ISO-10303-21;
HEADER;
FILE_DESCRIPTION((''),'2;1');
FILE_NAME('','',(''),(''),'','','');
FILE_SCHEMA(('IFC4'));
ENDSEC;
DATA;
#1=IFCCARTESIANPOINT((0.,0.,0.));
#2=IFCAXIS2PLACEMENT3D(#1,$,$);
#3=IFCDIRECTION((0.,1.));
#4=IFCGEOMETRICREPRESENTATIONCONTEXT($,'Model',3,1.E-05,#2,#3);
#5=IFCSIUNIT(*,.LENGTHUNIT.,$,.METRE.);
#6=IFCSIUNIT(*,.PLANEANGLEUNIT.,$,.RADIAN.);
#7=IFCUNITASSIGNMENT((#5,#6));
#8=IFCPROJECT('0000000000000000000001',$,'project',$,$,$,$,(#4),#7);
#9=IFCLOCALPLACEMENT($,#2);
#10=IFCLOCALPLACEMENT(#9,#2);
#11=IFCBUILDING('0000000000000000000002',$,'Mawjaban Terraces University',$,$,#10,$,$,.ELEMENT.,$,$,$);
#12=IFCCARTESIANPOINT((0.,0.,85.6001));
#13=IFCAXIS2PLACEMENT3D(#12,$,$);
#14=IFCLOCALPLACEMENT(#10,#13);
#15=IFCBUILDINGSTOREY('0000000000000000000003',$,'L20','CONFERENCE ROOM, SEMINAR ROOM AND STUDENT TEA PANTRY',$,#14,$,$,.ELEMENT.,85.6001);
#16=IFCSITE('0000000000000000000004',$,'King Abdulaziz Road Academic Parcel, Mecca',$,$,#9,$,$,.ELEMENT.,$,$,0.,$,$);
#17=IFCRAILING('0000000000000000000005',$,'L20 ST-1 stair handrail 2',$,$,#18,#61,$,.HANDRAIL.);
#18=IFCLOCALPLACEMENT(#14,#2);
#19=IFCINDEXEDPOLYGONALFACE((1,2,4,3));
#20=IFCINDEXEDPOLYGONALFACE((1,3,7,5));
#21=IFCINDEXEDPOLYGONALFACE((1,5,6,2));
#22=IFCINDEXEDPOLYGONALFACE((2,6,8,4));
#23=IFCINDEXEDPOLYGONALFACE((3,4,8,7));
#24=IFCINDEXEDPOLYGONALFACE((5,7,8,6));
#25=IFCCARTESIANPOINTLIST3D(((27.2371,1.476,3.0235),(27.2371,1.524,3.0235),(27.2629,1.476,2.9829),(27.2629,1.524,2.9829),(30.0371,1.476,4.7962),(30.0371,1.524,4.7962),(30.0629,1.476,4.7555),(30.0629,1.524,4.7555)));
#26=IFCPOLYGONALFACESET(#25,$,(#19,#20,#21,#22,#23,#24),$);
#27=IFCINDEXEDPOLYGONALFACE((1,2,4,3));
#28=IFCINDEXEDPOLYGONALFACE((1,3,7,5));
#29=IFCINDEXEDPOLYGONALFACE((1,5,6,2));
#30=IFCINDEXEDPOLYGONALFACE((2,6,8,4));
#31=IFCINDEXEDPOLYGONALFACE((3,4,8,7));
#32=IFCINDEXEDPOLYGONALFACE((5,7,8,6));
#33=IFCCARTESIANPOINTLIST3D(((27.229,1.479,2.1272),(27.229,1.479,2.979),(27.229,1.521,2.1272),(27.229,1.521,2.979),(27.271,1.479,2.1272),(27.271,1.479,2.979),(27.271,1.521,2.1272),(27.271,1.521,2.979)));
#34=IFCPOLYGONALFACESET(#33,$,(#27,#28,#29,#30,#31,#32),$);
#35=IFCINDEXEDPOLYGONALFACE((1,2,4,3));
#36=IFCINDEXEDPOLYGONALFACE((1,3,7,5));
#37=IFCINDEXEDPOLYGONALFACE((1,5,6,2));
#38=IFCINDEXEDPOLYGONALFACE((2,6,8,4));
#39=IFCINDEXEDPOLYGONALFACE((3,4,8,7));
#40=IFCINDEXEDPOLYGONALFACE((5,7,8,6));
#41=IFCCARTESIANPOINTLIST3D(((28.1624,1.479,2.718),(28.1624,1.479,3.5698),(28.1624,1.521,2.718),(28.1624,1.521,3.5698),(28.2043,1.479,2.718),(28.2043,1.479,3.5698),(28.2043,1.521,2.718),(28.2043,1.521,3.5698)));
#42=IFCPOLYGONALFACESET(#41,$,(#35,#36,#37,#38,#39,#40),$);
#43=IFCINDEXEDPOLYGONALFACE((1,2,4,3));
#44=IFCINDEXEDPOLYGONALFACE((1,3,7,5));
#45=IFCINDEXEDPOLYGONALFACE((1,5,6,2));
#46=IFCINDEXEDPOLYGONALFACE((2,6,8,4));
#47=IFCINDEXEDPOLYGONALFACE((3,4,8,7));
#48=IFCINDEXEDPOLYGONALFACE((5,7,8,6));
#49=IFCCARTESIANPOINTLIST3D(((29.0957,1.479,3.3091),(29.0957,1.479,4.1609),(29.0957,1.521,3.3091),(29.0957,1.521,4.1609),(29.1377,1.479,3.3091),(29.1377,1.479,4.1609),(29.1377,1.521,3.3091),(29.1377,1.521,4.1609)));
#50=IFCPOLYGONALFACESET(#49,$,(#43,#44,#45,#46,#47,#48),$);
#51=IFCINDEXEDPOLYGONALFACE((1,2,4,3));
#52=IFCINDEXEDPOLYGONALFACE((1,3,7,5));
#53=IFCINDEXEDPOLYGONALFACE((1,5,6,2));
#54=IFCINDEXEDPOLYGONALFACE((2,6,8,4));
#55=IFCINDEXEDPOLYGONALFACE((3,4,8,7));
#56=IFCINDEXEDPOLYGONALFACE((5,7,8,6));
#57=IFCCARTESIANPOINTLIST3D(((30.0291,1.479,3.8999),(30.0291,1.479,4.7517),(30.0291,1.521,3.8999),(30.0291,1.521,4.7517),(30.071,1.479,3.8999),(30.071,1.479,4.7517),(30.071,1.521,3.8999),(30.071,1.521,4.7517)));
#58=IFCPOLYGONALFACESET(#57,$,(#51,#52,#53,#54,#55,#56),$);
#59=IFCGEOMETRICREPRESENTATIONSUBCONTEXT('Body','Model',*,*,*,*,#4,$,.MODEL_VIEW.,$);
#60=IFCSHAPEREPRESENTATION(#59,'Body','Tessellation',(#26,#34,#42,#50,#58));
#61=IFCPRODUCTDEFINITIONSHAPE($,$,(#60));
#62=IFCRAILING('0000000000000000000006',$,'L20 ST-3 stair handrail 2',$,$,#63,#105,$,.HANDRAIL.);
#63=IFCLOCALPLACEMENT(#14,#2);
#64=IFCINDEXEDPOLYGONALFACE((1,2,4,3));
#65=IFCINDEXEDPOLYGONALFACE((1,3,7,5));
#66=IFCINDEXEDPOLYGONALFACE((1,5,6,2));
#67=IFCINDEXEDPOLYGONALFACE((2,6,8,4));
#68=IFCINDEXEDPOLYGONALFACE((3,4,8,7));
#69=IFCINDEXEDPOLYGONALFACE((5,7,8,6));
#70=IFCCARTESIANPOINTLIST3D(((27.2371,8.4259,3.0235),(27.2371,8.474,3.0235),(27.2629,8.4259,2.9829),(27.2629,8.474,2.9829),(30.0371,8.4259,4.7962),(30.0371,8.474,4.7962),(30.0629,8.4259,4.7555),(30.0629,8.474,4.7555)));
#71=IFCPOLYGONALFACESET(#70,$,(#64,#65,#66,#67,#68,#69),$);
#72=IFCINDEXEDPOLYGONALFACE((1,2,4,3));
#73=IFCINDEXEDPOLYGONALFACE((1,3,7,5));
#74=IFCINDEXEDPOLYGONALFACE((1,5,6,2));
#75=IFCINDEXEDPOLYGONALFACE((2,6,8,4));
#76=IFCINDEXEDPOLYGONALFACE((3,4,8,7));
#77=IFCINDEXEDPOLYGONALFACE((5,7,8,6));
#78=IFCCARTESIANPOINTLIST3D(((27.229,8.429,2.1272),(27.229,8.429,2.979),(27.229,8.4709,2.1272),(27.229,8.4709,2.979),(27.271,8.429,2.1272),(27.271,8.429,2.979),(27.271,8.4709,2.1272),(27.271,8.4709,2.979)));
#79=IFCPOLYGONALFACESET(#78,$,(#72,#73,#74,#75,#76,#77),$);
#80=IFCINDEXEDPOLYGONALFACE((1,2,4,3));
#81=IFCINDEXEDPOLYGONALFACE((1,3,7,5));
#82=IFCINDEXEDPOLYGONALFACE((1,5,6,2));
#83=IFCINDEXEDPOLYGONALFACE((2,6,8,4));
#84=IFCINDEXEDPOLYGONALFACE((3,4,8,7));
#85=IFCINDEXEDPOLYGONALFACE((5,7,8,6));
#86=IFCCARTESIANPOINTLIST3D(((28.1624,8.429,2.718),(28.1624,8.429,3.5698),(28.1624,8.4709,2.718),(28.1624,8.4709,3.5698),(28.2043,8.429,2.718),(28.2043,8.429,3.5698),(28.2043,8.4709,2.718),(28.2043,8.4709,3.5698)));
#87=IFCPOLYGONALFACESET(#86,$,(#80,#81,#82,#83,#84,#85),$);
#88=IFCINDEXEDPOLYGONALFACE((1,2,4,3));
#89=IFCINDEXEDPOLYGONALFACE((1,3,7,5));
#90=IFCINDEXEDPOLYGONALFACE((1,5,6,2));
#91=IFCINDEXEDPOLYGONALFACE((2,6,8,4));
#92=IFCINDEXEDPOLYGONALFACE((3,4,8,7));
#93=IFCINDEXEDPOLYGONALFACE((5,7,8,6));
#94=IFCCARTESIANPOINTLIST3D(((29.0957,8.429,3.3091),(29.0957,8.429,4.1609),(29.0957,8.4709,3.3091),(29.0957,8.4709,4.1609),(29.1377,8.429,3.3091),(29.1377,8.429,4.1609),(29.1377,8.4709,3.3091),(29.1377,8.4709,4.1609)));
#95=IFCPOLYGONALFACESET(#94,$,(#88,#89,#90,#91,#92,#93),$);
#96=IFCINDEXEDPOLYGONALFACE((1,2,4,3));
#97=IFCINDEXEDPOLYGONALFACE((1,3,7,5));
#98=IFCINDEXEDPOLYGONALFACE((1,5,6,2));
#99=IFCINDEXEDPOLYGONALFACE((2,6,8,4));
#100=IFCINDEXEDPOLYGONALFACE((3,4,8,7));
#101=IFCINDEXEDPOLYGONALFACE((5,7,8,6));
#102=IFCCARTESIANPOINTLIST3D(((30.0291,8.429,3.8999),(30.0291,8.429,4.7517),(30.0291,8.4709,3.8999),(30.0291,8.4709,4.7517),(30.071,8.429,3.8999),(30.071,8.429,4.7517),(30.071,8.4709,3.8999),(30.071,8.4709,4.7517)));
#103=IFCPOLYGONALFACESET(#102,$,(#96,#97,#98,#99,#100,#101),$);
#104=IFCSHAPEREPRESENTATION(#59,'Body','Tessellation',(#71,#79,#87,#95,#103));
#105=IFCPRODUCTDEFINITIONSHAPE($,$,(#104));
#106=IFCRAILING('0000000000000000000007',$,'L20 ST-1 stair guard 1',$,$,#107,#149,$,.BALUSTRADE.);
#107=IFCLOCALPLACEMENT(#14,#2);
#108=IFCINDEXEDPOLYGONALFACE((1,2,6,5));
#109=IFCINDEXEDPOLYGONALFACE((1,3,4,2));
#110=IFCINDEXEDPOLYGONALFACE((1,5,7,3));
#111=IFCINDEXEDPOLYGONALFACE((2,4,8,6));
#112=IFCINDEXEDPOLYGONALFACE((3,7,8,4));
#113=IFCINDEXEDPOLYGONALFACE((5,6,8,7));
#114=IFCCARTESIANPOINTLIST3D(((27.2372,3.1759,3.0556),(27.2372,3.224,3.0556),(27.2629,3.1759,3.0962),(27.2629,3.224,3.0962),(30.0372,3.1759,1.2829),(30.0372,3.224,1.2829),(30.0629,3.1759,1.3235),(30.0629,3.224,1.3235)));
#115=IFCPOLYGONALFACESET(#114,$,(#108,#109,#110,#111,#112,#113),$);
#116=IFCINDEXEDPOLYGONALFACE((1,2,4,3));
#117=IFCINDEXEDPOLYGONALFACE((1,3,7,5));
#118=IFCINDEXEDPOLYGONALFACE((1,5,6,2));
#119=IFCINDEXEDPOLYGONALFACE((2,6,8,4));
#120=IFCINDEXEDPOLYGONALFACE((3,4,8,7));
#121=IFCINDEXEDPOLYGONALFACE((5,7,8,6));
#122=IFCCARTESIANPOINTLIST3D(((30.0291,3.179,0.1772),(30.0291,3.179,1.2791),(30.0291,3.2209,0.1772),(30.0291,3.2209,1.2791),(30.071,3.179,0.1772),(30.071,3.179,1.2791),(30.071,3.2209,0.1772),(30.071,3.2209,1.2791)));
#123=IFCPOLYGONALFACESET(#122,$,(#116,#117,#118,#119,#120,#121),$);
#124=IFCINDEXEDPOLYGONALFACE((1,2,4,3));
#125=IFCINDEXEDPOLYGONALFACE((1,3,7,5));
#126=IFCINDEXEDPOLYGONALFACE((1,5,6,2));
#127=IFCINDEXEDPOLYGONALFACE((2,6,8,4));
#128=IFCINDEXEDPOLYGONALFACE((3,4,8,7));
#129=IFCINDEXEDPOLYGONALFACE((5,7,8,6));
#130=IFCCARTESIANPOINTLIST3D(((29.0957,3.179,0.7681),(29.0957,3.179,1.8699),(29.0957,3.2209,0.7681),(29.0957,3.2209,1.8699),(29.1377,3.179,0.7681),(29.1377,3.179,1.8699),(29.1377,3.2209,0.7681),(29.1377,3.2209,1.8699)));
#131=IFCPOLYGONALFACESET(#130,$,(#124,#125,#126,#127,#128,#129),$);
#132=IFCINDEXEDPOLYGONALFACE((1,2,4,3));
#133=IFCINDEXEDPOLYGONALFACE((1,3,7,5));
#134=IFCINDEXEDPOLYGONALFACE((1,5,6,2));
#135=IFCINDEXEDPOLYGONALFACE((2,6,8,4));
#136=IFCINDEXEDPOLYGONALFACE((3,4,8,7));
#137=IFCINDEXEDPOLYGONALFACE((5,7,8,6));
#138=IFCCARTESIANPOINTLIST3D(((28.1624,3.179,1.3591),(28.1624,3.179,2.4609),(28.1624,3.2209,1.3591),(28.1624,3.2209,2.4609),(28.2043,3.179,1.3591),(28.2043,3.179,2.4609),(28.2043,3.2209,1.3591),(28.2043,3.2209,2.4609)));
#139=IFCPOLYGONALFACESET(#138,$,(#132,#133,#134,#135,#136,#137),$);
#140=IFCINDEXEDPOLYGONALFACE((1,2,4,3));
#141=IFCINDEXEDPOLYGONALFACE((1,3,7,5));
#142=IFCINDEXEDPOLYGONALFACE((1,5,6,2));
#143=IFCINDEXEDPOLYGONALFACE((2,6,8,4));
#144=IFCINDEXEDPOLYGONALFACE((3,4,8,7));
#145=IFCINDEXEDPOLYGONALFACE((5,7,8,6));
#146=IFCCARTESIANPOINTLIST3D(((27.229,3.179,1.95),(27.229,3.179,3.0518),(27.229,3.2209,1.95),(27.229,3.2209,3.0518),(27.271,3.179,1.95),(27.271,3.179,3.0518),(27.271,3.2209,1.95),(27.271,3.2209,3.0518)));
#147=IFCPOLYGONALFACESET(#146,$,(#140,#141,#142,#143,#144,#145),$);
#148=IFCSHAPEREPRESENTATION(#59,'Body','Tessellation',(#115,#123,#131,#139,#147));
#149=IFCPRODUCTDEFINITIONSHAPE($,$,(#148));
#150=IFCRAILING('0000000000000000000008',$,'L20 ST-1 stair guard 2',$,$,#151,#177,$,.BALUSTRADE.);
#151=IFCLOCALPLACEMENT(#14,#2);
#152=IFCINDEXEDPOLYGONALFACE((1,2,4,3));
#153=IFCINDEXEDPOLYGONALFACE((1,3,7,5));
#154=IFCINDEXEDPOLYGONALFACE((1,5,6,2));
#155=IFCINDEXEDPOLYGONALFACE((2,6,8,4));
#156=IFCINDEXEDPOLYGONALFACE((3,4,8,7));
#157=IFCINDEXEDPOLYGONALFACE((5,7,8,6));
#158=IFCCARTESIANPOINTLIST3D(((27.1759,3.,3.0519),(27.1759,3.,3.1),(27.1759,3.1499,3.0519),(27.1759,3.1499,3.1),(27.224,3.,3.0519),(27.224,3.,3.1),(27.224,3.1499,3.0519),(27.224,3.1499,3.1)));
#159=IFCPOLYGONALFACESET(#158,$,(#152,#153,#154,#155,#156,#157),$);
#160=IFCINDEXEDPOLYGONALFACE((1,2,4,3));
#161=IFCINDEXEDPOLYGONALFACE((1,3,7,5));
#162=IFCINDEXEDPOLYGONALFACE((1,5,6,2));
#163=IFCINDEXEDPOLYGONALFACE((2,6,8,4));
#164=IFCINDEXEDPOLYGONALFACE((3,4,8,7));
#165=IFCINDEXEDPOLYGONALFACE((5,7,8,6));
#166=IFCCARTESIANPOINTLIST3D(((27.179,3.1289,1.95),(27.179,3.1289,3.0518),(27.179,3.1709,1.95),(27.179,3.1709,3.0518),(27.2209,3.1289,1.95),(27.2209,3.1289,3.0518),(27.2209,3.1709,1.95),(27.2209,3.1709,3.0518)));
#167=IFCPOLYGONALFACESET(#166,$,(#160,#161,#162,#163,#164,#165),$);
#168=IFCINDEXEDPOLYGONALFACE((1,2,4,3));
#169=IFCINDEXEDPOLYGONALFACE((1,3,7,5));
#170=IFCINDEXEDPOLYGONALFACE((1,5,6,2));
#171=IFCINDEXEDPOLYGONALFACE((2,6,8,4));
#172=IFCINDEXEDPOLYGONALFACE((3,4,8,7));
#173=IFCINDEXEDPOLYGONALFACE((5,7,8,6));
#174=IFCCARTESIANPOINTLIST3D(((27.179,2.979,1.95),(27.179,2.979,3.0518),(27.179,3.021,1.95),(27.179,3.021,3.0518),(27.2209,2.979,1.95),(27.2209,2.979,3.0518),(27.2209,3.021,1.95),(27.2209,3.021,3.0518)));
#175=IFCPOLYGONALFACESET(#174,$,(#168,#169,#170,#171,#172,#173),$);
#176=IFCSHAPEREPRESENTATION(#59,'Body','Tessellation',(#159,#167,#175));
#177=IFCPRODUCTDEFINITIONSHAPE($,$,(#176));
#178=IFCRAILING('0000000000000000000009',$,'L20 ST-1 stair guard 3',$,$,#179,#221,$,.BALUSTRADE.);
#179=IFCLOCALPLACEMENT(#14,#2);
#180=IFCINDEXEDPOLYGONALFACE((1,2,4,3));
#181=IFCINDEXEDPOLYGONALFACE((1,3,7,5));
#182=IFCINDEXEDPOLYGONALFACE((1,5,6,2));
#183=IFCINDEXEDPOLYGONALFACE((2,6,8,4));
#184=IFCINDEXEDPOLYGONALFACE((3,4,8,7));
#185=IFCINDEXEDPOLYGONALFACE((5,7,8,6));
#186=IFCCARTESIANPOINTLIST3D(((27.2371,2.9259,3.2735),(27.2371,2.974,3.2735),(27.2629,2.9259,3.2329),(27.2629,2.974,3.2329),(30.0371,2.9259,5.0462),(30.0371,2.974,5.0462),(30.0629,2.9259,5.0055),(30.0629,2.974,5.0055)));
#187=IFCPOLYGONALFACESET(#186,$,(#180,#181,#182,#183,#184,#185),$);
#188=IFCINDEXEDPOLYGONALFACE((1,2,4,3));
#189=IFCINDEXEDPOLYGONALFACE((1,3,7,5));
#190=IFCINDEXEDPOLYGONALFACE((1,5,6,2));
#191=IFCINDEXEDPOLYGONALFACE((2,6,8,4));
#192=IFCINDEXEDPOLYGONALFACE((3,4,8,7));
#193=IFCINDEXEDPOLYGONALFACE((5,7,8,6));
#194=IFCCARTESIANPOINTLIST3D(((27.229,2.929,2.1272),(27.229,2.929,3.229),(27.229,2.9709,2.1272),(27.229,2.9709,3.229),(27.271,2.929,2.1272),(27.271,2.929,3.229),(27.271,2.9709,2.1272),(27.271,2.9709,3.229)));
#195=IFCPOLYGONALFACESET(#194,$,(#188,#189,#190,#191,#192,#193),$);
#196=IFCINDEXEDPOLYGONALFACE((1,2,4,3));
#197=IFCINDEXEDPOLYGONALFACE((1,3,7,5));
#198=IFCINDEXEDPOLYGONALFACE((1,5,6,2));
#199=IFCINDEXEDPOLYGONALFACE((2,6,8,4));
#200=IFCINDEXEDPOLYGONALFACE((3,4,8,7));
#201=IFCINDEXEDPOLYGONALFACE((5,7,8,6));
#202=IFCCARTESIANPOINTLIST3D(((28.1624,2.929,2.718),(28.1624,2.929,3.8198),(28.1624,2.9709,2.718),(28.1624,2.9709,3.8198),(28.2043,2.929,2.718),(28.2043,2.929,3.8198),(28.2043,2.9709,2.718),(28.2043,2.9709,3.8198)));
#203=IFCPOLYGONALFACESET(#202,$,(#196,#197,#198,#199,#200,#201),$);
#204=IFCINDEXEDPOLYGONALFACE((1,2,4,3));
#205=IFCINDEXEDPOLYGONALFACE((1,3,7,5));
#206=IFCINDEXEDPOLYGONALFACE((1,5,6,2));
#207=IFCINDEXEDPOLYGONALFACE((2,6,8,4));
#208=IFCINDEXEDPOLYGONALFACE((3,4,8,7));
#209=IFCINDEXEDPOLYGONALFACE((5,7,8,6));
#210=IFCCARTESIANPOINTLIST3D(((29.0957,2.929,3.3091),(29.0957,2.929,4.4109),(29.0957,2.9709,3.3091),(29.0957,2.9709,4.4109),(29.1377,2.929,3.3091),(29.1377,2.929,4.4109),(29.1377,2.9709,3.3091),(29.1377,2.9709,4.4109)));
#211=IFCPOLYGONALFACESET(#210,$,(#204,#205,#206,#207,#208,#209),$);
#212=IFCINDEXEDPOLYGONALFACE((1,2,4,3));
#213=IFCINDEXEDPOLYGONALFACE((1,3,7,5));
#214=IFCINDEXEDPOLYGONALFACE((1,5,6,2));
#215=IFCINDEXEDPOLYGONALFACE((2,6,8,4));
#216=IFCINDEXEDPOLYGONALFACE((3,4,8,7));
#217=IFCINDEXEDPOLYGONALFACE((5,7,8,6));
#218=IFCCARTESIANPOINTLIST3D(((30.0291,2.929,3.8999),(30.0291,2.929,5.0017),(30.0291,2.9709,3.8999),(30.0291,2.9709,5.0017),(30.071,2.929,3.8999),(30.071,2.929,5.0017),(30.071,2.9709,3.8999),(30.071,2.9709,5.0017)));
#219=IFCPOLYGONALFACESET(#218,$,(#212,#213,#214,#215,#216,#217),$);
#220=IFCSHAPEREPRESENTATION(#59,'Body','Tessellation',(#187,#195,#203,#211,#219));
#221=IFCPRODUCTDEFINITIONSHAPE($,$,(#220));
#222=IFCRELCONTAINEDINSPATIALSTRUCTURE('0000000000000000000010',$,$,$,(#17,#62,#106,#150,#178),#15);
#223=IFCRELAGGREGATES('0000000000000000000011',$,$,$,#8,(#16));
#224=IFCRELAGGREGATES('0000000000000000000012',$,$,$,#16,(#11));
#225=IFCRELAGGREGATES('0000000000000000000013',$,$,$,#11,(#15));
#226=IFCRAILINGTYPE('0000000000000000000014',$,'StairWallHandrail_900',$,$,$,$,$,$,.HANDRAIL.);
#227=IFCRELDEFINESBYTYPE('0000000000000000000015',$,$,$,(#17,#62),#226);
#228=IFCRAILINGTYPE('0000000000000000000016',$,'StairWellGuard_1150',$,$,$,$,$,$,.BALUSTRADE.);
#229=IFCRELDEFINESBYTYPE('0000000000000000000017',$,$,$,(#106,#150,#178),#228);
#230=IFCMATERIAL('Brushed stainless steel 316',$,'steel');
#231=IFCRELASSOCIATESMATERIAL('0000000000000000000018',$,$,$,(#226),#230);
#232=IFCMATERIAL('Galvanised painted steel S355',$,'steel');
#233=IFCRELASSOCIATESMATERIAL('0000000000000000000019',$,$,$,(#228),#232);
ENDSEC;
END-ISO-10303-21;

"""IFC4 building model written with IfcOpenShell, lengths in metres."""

from ifc_helpers import new_model, si_unit, direction, frame, origin, origin_2d, place, context, subcontext, project, spatial, rectangle, extrude, material, type_object, element, save


model = new_model("IFC4")

# Units and contexts
model_context = context("Model", 3, precision=1e-05, world=origin(), true_north=direction((0.0, 1.0)))
body_context = subcontext(model_context, "Body", "Model", "MODEL_VIEW")
ifc_project = project(units=[si_unit("LENGTHUNIT", "METRE"), si_unit("PLANEANGLEUNIT", "RADIAN")], contexts=[model_context])

# Site, building, storey
site_placement = place(None, origin())
site = spatial("IfcSite", under=ifc_project, at=site_placement, Name="King Abdulaziz Road Academic Parcel, Mecca", CompositionType="ELEMENT", RefElevation=0.0)
building_placement = place(site_placement, origin())
building = spatial("IfcBuilding", under=site, at=building_placement, Name="Mawjaban Terraces University", CompositionType="ELEMENT")
storey_placement = place(building_placement, frame((0.0, 0.0, 85.6001)))
storey = spatial("IfcBuildingStorey", under=building, at=storey_placement, Name="L20", Description="CONFERENCE ROOM, SEMINAR ROOM AND STUDENT TEA PANTRY", CompositionType="ELEMENT", Elevation=85.6001)

# Railings
ifc_material_1 = material(Name="Brushed stainless steel 316", Category="steel")
railing_type_1 = type_object("IfcRailingType", Name="StairWallHandrail_900", PredefinedType="HANDRAIL", material=ifc_material_1)
for number, where, name in (
    (1, (27.25, 1.5, 2.1272), "L20 ST-1 stair handrail 2"),
    (2, (27.25, 8.45, 2.1272), "L20 ST-3 stair handrail 2"),
):
    element("IfcRailing", number, at=place(storey_placement, frame(where)), inside=storey, type_object=railing_type_1, Name=name, PredefinedType="HANDRAIL", context=body_context, shape_type="SweptSolid", body=[
        extrude(rectangle(XDim=0.0481, YDim=0.0481, at=origin_2d()), frame((0.0, 0.0, 0.876), z_axis=(0.844909, 0.0, 0.53491), x_axis=(0.0, 1.0, 0.0)), (0.0, 0.0, 1.0), 3.314),
        extrude(rectangle(XDim=0.042, YDim=0.042, at=origin_2d()), origin(), (0.0, 0.0, 1.0), 0.8518),
        extrude(rectangle(XDim=0.042, YDim=0.042, at=origin_2d()), frame((0.9333, 0.0, 0.5908)), (0.0, 0.0, 1.0), 0.8518),
        extrude(rectangle(XDim=0.042, YDim=0.042, at=origin_2d()), frame((1.8667, 0.0, 1.1819)), (0.0, 0.0, 1.0), 0.8518),
        extrude(rectangle(XDim=0.042, YDim=0.042, at=origin_2d()), frame((2.8, 0.0, 1.7727)), (0.0, 0.0, 1.0), 0.8518),
    ])
ifc_material_2 = material(Name="Galvanised painted steel S355", Category="steel")
railing_type_2 = type_object("IfcRailingType", Name="StairWellGuard_1150", PredefinedType="BALUSTRADE", material=ifc_material_2)
railing_1_placement = place(storey_placement, frame((30.05, 3.2, 0.1772)))
element("IfcRailing", 3, at=railing_1_placement, inside=storey, type_object=railing_type_2, Name="L20 ST-1 stair guard 1", PredefinedType="BALUSTRADE", context=body_context, shape_type="SweptSolid", body=[
    extrude(rectangle(XDim=0.0481, YDim=0.0481, at=origin_2d()), frame((0.0, 0.0, 1.126), z_axis=(-0.844909, 0.0, 0.53491), x_axis=(0.0, -1.0, 0.0)), (0.0, 0.0, 1.0), 3.314),
    extrude(rectangle(XDim=0.042, YDim=0.042, at=origin_2d()), origin(), (0.0, 0.0, 1.0), 1.1018),
    extrude(rectangle(XDim=0.042, YDim=0.042, at=origin_2d()), frame((-0.9333, 0.0, 0.5908)), (0.0, 0.0, 1.0), 1.1018),
    extrude(rectangle(XDim=0.042, YDim=0.042, at=origin_2d()), frame((-1.8667, 0.0, 1.1819)), (0.0, 0.0, 1.0), 1.1018),
    extrude(rectangle(XDim=0.042, YDim=0.042, at=origin_2d()), frame((-2.8, 0.0, 1.7727)), (0.0, 0.0, 1.0), 1.1018),
])
railing_2_placement = place(storey_placement, frame((27.2, 3.1499, 1.95)))
element("IfcRailing", 4, at=railing_2_placement, inside=storey, type_object=railing_type_2, Name="L20 ST-1 stair guard 2", PredefinedType="BALUSTRADE", context=body_context, shape_type="SweptSolid", body=[
    extrude(rectangle(XDim=0.0481, YDim=0.0481, at=origin_2d()), frame((0.0, 0.0, 1.126), z_axis=(0.0, -1.0, 0.0), x_axis=(1.0, 0.0, 0.0)), (0.0, 0.0, 1.0), 0.1499),
    extrude(rectangle(XDim=0.042, YDim=0.042, at=origin_2d()), origin(), (0.0, 0.0, 1.0), 1.1018),
    extrude(rectangle(XDim=0.042, YDim=0.042, at=origin_2d()), frame((0.0, -0.1499, 0.0)), (0.0, 0.0, 1.0), 1.1018),
])
railing_3_placement = place(storey_placement, frame((27.25, 2.95, 2.1272)))
element("IfcRailing", 5, at=railing_3_placement, inside=storey, type_object=railing_type_2, Name="L20 ST-1 stair guard 3", PredefinedType="BALUSTRADE", context=body_context, shape_type="SweptSolid", body=[
    extrude(rectangle(XDim=0.0481, YDim=0.0481, at=origin_2d()), frame((0.0, 0.0, 1.126), z_axis=(0.844909, 0.0, 0.53491), x_axis=(0.0, 1.0, 0.0)), (0.0, 0.0, 1.0), 3.314),
    extrude(rectangle(XDim=0.042, YDim=0.042, at=origin_2d()), origin(), (0.0, 0.0, 1.0), 1.1018),
    extrude(rectangle(XDim=0.042, YDim=0.042, at=origin_2d()), frame((0.9333, 0.0, 0.5908)), (0.0, 0.0, 1.0), 1.1018),
    extrude(rectangle(XDim=0.042, YDim=0.042, at=origin_2d()), frame((1.8667, 0.0, 1.1819)), (0.0, 0.0, 1.0), 1.1018),
    extrude(rectangle(XDim=0.042, YDim=0.042, at=origin_2d()), frame((2.8, 0.0, 1.7727)), (0.0, 0.0, 1.0), 1.1018),
])

save(model, "model.ifc")
